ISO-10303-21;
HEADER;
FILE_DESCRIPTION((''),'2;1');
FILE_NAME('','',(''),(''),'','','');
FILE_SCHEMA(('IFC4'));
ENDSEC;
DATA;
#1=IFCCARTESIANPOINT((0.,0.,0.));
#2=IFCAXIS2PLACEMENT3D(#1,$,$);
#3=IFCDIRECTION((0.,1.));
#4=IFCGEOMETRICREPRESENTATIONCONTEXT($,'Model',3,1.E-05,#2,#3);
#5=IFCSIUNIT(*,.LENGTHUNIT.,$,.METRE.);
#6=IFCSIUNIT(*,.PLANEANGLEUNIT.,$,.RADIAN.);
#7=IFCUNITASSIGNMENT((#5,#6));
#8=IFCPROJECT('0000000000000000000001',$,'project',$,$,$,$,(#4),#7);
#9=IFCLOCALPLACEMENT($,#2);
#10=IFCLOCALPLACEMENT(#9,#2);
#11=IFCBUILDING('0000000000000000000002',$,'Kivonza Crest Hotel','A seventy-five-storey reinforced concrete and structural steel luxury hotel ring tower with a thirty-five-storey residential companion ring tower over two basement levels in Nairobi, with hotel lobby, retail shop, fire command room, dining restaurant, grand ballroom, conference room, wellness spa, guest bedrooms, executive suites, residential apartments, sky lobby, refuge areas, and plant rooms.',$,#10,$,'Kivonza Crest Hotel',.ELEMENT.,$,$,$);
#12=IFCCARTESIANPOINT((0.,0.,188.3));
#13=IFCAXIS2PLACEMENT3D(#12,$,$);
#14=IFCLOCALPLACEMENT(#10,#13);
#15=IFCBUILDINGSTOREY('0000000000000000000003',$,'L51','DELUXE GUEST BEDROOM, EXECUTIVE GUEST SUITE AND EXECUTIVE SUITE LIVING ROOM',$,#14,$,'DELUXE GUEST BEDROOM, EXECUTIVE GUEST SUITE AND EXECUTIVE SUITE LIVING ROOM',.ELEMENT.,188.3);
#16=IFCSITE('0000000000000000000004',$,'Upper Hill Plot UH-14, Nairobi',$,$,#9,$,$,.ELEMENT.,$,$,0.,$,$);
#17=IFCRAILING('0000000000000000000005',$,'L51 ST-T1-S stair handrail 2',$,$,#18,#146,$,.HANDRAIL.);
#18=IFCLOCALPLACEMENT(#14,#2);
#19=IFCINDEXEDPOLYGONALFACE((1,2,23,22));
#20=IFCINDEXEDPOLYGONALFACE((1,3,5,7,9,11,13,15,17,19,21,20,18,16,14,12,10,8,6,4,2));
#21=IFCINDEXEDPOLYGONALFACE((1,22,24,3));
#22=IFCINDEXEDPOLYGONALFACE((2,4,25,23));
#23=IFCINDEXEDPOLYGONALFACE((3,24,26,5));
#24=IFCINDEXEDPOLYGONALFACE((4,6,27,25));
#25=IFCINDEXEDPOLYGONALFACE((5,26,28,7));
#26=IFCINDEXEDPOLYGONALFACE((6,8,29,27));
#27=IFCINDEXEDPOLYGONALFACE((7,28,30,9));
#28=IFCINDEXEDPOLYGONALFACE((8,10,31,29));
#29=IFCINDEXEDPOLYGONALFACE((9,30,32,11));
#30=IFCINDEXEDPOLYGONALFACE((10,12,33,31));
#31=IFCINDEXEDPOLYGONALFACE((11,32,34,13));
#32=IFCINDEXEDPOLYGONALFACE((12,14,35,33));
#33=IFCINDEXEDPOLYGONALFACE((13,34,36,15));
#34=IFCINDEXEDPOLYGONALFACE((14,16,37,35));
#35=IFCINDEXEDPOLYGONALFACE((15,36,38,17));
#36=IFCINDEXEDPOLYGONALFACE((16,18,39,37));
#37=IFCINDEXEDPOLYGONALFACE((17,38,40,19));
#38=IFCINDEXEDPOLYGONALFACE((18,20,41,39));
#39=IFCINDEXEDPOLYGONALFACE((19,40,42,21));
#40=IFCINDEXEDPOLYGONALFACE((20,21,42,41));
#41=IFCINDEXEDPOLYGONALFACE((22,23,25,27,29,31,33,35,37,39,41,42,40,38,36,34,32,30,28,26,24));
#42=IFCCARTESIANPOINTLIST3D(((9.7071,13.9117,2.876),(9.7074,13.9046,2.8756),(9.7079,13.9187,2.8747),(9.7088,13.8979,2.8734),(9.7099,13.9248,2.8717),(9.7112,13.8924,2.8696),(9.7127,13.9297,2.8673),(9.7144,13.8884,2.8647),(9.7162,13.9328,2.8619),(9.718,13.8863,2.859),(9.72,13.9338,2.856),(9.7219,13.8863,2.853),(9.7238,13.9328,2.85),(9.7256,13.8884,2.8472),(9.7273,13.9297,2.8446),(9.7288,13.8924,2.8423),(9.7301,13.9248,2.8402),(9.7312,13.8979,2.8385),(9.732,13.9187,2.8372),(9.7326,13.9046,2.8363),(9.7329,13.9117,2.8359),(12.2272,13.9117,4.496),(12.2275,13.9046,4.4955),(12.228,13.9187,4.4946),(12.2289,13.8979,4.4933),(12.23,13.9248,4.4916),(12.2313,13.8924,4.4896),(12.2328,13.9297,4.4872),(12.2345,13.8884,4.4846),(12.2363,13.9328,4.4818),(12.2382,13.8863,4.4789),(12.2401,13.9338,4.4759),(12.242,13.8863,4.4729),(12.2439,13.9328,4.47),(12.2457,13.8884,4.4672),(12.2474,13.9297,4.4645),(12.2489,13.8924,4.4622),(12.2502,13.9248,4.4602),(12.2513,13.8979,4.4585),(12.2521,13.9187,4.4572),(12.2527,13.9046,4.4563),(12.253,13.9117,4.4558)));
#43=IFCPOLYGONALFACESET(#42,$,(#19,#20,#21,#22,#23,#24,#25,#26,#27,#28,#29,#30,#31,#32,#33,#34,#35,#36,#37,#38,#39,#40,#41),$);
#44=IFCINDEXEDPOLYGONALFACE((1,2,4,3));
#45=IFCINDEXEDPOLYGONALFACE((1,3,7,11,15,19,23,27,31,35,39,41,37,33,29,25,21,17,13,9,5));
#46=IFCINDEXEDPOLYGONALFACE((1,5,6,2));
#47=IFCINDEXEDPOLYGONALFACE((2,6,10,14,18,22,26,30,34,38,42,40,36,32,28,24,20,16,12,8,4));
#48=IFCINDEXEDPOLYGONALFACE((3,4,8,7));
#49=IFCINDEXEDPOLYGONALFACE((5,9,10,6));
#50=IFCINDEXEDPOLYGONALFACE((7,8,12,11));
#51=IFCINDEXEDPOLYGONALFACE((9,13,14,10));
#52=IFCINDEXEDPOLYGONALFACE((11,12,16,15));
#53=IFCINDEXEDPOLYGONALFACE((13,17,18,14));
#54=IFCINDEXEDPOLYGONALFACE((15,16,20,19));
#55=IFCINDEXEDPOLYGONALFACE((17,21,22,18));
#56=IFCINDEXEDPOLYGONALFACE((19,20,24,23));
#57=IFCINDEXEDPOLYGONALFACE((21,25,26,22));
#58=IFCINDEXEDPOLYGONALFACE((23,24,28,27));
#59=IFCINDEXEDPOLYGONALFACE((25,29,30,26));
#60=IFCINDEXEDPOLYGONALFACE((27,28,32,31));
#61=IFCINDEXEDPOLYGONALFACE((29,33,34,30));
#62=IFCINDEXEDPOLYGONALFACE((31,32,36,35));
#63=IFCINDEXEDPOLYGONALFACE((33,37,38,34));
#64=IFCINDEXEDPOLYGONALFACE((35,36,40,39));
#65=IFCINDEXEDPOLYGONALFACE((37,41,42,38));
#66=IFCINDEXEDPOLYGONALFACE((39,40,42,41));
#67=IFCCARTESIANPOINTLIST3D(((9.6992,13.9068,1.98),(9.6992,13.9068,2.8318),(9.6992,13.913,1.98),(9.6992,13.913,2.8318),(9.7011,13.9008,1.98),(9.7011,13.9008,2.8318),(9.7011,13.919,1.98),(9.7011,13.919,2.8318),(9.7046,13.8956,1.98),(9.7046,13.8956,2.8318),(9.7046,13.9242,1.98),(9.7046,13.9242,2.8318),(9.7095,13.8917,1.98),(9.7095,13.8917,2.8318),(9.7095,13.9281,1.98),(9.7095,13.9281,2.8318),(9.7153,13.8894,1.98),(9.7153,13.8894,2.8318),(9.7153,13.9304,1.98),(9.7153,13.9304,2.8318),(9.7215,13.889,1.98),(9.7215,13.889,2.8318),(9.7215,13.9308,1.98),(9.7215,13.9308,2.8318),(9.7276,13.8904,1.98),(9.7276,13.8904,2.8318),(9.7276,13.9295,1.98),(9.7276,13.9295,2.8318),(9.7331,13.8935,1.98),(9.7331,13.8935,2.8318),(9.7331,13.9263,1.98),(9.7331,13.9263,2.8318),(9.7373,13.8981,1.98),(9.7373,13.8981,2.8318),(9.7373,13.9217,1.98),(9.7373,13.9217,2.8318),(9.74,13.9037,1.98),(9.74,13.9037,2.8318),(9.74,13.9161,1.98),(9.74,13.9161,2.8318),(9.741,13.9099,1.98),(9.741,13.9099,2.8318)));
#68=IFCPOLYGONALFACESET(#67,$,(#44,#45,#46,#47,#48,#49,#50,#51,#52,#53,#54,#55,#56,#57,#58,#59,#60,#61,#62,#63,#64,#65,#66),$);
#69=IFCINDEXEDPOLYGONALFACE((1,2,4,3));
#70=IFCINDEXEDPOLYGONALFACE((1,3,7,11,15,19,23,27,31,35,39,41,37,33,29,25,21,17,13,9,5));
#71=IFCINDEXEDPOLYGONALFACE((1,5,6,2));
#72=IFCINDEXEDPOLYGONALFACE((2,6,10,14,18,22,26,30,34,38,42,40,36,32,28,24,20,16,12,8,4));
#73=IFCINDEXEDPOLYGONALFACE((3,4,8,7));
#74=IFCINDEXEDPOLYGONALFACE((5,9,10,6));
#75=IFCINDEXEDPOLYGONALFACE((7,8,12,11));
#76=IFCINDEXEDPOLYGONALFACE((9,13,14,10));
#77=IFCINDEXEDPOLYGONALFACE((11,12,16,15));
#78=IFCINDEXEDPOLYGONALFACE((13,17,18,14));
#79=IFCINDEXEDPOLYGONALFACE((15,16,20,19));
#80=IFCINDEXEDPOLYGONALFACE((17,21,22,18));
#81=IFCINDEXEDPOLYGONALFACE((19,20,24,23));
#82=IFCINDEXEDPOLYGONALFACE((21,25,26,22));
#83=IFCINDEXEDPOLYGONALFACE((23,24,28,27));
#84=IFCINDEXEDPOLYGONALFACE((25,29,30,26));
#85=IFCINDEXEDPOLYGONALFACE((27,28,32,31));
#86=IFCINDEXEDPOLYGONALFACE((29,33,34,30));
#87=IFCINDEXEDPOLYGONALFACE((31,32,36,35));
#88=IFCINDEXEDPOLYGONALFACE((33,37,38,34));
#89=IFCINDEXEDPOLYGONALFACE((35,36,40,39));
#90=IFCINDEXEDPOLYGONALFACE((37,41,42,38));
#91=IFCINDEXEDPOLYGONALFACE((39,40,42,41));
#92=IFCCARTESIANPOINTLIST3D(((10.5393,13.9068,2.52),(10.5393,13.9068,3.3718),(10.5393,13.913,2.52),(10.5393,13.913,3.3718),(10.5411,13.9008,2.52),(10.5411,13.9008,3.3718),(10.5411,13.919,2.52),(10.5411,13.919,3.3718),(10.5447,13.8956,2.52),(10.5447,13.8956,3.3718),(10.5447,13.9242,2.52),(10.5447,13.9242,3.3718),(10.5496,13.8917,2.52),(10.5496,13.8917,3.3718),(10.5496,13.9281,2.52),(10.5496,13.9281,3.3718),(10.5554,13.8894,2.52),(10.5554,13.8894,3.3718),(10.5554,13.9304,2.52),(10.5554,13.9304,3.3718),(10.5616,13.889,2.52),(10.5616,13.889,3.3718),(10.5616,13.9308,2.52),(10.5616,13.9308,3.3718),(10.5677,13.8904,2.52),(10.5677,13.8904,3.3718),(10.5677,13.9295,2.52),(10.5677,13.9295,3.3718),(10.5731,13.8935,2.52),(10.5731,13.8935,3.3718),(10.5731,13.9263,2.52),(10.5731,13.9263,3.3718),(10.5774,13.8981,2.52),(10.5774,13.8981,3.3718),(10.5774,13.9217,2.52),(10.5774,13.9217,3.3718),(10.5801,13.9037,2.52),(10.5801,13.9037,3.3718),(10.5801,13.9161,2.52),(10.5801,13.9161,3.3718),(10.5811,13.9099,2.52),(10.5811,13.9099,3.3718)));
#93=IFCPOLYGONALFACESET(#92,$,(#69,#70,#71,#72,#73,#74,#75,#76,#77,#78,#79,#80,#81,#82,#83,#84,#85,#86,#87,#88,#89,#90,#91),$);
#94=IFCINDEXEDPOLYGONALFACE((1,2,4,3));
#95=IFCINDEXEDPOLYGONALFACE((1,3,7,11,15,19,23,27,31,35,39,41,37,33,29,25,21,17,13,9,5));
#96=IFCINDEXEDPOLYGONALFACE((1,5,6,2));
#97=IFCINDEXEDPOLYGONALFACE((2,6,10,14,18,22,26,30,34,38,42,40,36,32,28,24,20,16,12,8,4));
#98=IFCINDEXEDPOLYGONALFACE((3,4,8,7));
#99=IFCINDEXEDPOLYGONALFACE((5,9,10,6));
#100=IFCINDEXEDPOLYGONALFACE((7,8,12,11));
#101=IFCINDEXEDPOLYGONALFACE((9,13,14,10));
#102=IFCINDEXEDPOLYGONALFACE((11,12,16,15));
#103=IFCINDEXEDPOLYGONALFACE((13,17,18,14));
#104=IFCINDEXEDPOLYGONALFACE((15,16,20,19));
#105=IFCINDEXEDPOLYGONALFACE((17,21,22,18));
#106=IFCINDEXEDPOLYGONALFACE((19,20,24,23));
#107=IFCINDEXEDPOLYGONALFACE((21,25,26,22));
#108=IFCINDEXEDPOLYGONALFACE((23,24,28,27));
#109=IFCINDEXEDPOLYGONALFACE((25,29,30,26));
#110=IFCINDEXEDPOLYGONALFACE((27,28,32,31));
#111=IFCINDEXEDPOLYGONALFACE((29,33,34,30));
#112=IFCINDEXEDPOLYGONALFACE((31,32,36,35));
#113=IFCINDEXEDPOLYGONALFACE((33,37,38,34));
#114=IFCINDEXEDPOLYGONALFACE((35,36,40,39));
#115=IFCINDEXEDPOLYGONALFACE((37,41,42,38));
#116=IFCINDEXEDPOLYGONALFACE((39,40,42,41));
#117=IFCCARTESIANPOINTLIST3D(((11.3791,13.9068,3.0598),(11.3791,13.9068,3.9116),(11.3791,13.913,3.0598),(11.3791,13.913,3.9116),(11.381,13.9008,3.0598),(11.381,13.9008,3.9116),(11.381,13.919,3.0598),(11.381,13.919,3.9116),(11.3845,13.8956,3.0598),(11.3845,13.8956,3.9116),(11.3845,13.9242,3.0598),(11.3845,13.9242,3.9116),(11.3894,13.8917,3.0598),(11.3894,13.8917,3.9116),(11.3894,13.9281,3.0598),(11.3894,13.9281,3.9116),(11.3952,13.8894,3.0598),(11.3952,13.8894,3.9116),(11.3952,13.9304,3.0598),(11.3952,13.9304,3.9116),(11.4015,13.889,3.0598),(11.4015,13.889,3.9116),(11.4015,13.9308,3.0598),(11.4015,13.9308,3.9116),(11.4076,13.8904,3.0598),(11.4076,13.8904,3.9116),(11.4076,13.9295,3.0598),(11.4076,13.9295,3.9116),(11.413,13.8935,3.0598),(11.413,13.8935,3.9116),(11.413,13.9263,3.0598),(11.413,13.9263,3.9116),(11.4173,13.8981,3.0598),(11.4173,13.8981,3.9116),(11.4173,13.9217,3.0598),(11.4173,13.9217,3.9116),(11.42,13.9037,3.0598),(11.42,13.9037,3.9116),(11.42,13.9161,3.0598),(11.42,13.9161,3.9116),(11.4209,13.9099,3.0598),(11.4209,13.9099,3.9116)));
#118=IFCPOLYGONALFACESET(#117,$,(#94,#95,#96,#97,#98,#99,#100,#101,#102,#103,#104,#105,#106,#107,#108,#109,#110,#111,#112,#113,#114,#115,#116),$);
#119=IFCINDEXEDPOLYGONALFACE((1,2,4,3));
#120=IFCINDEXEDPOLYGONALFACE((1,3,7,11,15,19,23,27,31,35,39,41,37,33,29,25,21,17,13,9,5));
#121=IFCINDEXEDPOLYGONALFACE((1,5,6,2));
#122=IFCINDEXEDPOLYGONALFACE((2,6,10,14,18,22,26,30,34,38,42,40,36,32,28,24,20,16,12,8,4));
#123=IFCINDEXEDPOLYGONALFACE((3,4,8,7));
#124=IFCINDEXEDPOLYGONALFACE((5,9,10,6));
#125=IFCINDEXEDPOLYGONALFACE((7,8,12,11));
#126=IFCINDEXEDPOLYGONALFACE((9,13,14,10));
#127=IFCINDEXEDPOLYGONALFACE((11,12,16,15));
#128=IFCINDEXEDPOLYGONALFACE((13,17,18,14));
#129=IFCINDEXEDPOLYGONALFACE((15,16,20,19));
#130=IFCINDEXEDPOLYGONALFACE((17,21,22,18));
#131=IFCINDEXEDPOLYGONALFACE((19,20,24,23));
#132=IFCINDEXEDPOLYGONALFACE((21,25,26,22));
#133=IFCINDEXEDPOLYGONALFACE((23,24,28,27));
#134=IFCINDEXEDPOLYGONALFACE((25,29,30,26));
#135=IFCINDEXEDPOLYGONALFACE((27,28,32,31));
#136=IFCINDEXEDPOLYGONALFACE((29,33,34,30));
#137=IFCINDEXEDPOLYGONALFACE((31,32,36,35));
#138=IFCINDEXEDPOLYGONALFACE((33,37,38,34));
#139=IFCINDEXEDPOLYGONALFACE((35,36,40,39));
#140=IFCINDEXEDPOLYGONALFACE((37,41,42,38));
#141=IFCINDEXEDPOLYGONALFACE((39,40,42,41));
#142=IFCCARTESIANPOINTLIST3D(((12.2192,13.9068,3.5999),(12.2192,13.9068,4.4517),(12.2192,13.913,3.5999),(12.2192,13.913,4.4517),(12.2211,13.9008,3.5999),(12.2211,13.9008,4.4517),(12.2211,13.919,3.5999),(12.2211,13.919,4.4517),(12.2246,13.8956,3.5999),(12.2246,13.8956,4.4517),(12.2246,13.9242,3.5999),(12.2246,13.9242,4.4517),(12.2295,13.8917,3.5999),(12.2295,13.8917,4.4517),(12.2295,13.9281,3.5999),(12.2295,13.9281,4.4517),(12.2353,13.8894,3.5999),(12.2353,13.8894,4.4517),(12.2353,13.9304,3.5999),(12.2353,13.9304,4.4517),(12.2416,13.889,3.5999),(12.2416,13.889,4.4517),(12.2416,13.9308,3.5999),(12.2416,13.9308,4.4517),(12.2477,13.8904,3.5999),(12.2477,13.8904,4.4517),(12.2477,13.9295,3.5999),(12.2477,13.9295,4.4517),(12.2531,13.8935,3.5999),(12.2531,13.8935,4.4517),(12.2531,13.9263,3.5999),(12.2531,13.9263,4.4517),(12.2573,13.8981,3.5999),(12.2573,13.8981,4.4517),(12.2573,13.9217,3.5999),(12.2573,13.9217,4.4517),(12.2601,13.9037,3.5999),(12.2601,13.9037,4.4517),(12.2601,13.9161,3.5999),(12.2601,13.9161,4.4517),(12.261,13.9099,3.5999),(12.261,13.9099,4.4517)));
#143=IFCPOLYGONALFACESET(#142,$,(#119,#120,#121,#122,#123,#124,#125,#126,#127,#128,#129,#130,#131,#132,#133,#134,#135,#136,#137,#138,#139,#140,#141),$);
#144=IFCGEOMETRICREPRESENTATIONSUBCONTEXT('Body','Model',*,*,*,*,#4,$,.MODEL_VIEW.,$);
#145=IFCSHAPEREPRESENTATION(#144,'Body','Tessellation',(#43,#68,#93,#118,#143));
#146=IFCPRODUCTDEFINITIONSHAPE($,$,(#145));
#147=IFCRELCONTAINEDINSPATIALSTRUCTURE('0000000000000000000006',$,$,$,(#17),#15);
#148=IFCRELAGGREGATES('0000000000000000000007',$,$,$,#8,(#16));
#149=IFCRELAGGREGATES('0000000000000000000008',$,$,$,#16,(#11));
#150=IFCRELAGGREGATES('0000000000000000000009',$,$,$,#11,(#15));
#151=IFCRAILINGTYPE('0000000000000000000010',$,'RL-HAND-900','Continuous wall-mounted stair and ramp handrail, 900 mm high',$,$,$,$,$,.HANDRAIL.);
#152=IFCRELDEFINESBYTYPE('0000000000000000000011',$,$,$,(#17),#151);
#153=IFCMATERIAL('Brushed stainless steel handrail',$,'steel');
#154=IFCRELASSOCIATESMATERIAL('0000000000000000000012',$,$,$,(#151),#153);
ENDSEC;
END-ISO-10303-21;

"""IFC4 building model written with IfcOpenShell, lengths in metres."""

from ifc_helpers import new_model, si_unit, direction, frame, origin, origin_2d, place, context, subcontext, project, spatial, circle, extrude, material, type_object, element, save


model = new_model("IFC4")

# Units and contexts
model_context = context("Model", 3, precision=1e-05, world=origin(), true_north=direction((0.0, 1.0)))
body_context = subcontext(model_context, "Body", "Model", "MODEL_VIEW")
ifc_project = project(units=[si_unit("LENGTHUNIT", "METRE"), si_unit("PLANEANGLEUNIT", "RADIAN")], contexts=[model_context])

# Site, building, storey
site_placement = place(None, origin())
site = spatial("IfcSite", under=ifc_project, at=site_placement, Name="Upper Hill Plot UH-14, Nairobi", CompositionType="ELEMENT", RefElevation=0.0)
building_placement = place(site_placement, origin())
building = spatial("IfcBuilding", under=site, at=building_placement, Name="Kivonza Crest Hotel", Description="A seventy-five-storey reinforced concrete and structural steel luxury hotel ring tower with a thirty-five-storey residential companion ring tower over two basement levels in Nairobi, with hotel lobby, retail shop, fire command room, dining restaurant, grand ballroom, conference room, wellness spa, guest bedrooms, executive suites, residential apartments, sky lobby, refuge areas, and plant rooms.", LongName="Kivonza Crest Hotel", CompositionType="ELEMENT")
storey_placement = place(building_placement, frame((0.0, 0.0, 188.3)))
storey = spatial("IfcBuildingStorey", under=building, at=storey_placement, Name="L51", Description="DELUXE GUEST BEDROOM, EXECUTIVE GUEST SUITE AND EXECUTIVE SUITE LIVING ROOM", LongName="DELUXE GUEST BEDROOM, EXECUTIVE GUEST SUITE AND EXECUTIVE SUITE LIVING ROOM", CompositionType="ELEMENT", Elevation=188.3)

# Railing
ifc_material_1 = material(Name="Brushed stainless steel handrail", Category="steel")
railing_type_1 = type_object("IfcRailingType", Name="RL-HAND-900", Description="Continuous wall-mounted stair and ramp handrail, 900 mm high", PredefinedType="HANDRAIL", material=ifc_material_1)
railing_1_placement = place(storey_placement, frame((9.72, 13.9099, 1.98)))
element("IfcRailing", 1, at=railing_1_placement, inside=storey, type_object=railing_type_1, Name="L51 ST-T1-S stair handrail 2", PredefinedType="HANDRAIL", context=body_context, shape_type="SweptSolid", body=[
    extrude(circle(Radius=0.0239, at=origin_2d()), frame((0.0, 0.0, 0.876), z_axis=(0.8412, 0.0, 0.540725), x_axis=(0.0, 1.0, 0.0)), (0.0, 0.0, 1.0), 2.9958),
    extrude(circle(Radius=0.021, at=origin_2d()), origin(), (0.0, 0.0, 1.0), 0.8518),
    extrude(circle(Radius=0.021, at=origin_2d()), frame((0.8401, 0.0, 0.54)), (0.0, 0.0, 1.0), 0.8518),
    extrude(circle(Radius=0.021, at=origin_2d()), frame((1.6799, 0.0, 1.0798)), (0.0, 0.0, 1.0), 0.8518),
    extrude(circle(Radius=0.021, at=origin_2d()), frame((2.52, 0.0, 1.6199)), (0.0, 0.0, 1.0), 0.8518),
])

save(model, "model.ifc")
